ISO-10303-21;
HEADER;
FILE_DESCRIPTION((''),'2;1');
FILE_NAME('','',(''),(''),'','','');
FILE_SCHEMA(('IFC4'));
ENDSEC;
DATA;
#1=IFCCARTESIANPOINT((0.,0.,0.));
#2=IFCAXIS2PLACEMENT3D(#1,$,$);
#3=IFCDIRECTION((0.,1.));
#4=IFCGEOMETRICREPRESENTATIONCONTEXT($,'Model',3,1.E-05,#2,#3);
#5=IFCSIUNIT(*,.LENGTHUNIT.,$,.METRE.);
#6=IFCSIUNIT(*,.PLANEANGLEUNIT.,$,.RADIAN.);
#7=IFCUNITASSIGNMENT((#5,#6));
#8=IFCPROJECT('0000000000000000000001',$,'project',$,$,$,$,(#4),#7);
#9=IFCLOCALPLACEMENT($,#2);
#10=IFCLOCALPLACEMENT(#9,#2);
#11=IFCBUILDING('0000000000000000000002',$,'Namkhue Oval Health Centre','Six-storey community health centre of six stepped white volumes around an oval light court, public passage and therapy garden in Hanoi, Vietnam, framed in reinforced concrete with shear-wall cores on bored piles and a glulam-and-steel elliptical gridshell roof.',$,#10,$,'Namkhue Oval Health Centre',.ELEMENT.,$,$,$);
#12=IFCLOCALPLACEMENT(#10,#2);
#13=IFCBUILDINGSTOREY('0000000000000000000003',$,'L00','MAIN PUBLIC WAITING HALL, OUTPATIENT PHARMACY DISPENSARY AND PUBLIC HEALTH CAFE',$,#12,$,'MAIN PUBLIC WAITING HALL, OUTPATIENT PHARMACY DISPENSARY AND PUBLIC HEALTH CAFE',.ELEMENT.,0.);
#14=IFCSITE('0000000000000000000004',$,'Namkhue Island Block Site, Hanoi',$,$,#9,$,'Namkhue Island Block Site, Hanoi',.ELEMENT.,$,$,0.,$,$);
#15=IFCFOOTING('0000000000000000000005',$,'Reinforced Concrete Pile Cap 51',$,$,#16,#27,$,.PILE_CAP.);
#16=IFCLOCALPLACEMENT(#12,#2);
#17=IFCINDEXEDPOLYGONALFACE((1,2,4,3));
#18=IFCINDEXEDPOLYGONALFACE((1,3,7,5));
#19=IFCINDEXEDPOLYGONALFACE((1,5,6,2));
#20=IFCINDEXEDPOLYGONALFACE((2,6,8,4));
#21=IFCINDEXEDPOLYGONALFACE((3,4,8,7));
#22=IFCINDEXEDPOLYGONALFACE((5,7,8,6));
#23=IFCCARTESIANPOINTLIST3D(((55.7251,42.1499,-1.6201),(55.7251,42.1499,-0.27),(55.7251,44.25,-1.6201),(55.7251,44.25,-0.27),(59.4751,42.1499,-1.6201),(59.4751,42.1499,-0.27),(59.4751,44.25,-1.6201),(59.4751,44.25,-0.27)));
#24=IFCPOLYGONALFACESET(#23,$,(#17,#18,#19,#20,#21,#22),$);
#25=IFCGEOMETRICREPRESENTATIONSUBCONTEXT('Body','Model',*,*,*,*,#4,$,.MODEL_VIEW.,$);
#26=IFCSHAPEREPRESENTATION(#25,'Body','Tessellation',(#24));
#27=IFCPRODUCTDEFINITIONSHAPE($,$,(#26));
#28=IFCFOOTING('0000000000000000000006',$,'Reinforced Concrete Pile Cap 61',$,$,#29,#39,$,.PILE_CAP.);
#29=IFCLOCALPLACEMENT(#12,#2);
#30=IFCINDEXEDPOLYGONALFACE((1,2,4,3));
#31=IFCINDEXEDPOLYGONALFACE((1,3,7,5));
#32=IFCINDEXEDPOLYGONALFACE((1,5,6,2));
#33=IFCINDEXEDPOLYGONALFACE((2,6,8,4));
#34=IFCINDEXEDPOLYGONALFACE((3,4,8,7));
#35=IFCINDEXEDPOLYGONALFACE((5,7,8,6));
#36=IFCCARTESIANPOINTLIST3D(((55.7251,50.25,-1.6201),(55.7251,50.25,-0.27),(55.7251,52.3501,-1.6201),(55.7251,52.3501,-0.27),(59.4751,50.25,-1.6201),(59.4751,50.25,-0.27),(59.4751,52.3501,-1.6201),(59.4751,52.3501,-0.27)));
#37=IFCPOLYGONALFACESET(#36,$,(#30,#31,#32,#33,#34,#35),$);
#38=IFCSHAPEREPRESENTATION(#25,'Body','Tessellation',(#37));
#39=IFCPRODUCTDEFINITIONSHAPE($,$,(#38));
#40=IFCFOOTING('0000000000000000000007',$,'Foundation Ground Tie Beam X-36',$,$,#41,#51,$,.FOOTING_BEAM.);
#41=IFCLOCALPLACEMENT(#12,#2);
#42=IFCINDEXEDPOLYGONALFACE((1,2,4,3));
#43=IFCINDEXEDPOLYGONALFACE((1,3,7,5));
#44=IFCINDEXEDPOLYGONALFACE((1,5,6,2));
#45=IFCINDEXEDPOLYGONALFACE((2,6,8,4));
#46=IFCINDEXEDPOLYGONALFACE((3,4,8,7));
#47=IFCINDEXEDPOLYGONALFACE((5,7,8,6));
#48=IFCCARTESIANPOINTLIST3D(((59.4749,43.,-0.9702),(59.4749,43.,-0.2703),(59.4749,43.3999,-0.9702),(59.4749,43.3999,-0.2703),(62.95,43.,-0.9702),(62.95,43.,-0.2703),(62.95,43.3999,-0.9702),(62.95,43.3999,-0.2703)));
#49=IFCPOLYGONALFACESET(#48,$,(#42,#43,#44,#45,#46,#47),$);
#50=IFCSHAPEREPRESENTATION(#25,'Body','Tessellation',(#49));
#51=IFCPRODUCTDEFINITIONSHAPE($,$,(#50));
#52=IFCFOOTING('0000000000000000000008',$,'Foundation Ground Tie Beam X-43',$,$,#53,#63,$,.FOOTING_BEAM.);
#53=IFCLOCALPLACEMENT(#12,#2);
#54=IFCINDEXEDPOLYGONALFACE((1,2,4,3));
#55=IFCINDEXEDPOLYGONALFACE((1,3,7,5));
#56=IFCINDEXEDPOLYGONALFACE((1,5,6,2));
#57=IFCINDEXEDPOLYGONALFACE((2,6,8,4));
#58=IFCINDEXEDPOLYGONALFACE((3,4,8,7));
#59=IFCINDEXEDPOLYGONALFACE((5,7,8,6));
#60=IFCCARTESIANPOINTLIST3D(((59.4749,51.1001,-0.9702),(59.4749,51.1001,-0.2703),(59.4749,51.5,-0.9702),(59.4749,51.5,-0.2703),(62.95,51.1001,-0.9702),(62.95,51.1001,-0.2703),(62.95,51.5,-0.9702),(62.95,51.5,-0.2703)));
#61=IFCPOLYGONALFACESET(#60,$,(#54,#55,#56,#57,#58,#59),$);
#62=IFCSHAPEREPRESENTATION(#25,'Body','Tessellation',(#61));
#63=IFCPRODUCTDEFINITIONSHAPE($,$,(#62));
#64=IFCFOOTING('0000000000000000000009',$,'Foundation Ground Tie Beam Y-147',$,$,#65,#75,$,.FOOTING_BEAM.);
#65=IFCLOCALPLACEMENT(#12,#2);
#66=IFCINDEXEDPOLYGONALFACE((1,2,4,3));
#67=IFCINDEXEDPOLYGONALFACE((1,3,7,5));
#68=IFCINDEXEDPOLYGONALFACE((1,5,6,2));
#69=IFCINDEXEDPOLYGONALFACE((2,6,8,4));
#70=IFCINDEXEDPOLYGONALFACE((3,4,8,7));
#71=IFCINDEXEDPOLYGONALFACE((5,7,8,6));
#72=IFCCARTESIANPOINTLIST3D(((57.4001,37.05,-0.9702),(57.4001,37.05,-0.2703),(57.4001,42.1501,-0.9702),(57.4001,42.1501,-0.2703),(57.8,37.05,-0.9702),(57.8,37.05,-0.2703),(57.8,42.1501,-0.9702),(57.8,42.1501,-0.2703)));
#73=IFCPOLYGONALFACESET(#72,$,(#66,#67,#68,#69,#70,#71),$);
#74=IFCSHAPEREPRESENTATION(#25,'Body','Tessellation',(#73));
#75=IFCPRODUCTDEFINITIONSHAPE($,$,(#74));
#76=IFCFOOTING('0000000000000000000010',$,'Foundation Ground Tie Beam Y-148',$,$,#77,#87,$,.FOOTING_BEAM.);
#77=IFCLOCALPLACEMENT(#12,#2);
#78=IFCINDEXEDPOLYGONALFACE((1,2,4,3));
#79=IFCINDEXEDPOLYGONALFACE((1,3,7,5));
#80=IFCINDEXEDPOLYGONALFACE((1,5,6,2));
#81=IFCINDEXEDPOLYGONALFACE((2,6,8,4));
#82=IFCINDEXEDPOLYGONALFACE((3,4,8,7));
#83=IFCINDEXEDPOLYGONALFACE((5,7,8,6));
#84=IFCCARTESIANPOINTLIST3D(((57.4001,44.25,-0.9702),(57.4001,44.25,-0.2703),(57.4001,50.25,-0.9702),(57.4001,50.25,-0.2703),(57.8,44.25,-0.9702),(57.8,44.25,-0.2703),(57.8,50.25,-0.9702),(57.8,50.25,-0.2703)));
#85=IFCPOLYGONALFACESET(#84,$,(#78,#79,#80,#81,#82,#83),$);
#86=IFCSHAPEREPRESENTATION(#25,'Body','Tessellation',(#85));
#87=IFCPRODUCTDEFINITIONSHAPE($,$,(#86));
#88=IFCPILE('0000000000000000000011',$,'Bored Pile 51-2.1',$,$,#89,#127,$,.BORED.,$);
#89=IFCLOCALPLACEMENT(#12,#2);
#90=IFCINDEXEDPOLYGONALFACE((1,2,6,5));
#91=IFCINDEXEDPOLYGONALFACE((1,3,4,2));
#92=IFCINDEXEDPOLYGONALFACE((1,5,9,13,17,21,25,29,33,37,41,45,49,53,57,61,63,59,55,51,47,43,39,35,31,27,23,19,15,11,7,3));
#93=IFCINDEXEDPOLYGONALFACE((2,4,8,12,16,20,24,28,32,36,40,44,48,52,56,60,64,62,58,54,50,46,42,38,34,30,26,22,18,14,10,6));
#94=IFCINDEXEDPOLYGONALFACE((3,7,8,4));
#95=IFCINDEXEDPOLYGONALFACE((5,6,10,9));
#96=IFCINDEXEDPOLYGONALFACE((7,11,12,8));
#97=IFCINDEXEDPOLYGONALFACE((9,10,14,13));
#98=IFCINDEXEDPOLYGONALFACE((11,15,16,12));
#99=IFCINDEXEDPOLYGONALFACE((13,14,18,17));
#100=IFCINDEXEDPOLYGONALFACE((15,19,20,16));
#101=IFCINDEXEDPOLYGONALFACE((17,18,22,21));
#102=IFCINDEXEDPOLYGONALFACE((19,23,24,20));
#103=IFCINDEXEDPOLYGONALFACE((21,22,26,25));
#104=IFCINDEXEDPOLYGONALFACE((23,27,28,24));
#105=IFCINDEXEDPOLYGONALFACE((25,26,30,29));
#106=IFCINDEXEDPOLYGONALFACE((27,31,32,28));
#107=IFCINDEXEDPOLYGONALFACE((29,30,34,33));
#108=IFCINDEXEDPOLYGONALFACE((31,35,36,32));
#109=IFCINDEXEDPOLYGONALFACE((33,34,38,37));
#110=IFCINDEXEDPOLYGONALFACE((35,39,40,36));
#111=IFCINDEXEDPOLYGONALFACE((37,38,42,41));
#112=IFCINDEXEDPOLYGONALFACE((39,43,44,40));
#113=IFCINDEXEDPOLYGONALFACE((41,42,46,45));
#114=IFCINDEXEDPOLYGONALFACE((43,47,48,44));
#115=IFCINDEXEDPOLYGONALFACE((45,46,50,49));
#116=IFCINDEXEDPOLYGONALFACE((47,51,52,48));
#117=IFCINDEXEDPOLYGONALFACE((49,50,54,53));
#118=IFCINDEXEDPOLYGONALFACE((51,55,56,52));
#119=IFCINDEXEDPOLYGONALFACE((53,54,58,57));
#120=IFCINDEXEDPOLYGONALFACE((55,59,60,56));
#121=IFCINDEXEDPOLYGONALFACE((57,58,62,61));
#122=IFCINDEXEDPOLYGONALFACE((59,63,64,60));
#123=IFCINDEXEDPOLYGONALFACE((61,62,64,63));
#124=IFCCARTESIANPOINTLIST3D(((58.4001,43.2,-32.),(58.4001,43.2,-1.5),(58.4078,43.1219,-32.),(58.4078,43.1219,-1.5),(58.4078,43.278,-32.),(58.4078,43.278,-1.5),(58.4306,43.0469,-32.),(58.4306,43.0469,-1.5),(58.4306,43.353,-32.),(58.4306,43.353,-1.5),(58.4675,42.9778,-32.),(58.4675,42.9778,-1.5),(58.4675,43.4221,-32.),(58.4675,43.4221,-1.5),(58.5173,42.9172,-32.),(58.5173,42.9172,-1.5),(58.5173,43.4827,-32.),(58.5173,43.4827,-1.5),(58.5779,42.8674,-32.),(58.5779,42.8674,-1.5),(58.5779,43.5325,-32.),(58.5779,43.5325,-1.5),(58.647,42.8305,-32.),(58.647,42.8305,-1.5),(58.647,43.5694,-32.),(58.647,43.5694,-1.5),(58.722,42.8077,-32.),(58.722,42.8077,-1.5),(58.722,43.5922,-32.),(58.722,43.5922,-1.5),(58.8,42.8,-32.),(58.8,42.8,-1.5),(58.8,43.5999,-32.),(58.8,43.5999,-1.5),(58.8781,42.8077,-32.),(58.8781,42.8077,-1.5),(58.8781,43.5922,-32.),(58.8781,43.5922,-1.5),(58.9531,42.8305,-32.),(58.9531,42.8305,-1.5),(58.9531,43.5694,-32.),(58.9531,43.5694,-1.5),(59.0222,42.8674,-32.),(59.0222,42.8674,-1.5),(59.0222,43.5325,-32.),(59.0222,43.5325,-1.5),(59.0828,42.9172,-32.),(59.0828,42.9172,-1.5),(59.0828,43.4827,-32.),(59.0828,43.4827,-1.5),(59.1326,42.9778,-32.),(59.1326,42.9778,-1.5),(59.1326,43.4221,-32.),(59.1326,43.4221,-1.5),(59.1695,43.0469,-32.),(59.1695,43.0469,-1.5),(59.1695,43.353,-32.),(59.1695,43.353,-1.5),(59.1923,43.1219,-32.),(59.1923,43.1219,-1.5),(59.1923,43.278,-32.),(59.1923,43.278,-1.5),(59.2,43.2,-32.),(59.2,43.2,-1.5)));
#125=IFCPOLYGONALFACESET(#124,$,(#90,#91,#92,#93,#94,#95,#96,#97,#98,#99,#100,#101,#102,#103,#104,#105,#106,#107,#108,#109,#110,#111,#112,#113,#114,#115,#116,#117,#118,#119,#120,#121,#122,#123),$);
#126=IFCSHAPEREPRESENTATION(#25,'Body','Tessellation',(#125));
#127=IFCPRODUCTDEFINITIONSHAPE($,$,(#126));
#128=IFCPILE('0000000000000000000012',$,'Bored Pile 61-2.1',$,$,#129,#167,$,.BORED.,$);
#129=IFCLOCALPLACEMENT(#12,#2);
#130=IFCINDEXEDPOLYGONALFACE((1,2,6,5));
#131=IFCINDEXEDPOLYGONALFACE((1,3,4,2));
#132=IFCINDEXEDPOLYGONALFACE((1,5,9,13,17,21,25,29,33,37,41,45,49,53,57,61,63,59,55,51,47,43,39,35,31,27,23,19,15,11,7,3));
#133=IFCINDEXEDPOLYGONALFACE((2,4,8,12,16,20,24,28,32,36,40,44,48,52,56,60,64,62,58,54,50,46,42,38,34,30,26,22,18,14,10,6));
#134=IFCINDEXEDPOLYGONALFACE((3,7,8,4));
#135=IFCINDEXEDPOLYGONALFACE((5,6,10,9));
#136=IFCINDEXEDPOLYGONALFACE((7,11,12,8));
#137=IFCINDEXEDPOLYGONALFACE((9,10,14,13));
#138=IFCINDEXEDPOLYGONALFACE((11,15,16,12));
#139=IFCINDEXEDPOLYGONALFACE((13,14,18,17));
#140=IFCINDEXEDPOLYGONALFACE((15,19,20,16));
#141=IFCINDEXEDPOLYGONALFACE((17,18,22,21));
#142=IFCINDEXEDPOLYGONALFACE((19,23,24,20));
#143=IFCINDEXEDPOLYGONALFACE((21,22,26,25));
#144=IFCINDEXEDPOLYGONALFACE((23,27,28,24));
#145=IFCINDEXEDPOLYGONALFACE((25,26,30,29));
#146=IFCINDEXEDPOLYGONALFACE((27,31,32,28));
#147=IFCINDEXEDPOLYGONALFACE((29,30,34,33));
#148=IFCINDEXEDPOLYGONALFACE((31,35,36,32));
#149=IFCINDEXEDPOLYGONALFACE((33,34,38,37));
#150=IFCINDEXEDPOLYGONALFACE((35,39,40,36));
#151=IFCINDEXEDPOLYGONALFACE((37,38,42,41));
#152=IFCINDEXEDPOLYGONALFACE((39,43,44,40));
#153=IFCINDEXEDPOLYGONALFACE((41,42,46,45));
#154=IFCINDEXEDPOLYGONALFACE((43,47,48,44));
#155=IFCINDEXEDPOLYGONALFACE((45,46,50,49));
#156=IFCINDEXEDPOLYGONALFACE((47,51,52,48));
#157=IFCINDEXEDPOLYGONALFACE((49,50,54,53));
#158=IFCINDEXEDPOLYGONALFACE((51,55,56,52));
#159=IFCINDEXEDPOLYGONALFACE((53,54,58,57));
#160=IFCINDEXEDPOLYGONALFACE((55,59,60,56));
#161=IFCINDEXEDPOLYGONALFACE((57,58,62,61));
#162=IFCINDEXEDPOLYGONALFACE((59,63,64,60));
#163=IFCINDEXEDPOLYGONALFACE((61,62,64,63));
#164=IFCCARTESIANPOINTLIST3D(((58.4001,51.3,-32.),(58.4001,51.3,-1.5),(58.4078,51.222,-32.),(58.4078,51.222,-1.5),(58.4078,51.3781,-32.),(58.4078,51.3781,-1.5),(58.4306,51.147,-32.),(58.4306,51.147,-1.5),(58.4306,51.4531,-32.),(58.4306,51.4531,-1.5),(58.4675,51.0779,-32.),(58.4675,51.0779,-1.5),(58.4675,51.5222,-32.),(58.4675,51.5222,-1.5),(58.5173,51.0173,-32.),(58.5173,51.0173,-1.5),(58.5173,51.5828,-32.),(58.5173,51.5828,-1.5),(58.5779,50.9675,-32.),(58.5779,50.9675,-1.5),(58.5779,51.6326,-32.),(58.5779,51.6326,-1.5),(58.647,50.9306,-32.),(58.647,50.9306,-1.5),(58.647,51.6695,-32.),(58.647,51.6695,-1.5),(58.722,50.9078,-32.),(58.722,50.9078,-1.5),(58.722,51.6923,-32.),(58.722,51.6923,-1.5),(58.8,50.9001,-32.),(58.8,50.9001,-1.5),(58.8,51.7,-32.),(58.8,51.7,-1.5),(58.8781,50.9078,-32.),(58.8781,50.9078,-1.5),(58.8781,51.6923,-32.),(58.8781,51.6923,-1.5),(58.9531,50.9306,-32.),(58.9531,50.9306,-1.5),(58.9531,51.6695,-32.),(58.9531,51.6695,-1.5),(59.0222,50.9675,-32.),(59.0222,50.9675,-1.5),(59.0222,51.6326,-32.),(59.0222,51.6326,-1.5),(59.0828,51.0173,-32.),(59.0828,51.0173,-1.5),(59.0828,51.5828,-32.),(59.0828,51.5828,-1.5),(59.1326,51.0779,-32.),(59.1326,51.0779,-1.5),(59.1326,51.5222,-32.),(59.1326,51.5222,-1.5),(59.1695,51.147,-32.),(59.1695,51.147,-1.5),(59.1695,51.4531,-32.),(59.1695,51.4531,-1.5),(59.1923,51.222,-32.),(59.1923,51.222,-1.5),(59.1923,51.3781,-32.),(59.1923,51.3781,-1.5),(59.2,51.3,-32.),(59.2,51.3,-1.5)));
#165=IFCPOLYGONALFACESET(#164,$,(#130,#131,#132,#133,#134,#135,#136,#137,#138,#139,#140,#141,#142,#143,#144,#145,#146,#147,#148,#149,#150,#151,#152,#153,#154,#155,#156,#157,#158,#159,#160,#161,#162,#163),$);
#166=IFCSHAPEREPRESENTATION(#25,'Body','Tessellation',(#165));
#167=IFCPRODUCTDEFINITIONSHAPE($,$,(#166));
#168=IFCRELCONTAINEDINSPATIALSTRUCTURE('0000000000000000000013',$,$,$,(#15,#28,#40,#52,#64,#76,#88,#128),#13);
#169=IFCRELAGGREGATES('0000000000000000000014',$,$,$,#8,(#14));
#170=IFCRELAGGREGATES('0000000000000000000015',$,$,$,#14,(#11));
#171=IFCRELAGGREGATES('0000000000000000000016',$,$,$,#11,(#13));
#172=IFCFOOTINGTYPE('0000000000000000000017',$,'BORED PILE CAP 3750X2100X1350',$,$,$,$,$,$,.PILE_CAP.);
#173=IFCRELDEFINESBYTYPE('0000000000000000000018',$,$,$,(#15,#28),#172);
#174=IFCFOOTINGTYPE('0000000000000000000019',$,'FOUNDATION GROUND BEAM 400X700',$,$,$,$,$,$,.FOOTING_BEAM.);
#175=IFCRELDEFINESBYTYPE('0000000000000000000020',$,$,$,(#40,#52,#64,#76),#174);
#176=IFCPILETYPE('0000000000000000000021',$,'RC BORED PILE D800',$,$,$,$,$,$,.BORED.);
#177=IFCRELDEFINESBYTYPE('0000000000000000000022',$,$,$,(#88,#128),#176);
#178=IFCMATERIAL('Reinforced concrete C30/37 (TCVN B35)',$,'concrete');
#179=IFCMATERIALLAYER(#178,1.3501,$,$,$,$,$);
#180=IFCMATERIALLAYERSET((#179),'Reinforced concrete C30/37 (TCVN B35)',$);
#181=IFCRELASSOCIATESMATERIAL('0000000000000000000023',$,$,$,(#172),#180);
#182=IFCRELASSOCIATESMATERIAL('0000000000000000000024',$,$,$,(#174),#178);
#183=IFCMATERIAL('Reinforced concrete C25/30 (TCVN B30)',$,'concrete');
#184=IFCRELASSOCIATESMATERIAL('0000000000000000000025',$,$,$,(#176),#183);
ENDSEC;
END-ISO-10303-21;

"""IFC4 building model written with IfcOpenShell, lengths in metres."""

from ifc_helpers import new_model, si_unit, direction, frame, origin, origin_2d, place, context, subcontext, project, spatial, rectangle, circle, extrude, material, layer, layer_set, material_profile, profile_set, type_object, element, save


model = new_model("IFC4")

# Units and contexts
model_context = context("Model", 3, precision=1e-05, world=origin(), true_north=direction((0.0, 1.0)))
body_context = subcontext(model_context, "Body", "Model", "MODEL_VIEW")
ifc_project = project(units=[si_unit("LENGTHUNIT", "METRE"), si_unit("PLANEANGLEUNIT", "RADIAN")], contexts=[model_context])

# Site, building, storey
site_placement = place(None, origin())
site = spatial("IfcSite", under=ifc_project, at=site_placement, Name="Namkhue Island Block Site, Hanoi", LongName="Namkhue Island Block Site, Hanoi", CompositionType="ELEMENT", RefElevation=0.0)
building_placement = place(site_placement, origin())
building = spatial("IfcBuilding", under=site, at=building_placement, Name="Namkhue Oval Health Centre", Description="Six-storey community health centre of six stepped white volumes around an oval light court, public passage and therapy garden in Hanoi, Vietnam, framed in reinforced concrete with shear-wall cores on bored piles and a glulam-and-steel elliptical gridshell roof.", LongName="Namkhue Oval Health Centre", CompositionType="ELEMENT")
storey_placement = place(building_placement, origin())
storey = spatial("IfcBuildingStorey", under=building, at=storey_placement, Name="L00", Description="MAIN PUBLIC WAITING HALL, OUTPATIENT PHARMACY DISPENSARY AND PUBLIC HEALTH CAFE", LongName="MAIN PUBLIC WAITING HALL, OUTPATIENT PHARMACY DISPENSARY AND PUBLIC HEALTH CAFE", CompositionType="ELEMENT", Elevation=0.0)

# Footings
ifc_material_1 = material(Name="Reinforced concrete C30/37 (TCVN B35)", Category="concrete")
ifc_layer_1 = layer(ifc_material_1, 1.3501)
ifc_layer_set_1 = layer_set([ifc_layer_1], Name="Reinforced concrete C30/37 (TCVN B35)")
footing_type_1 = type_object("IfcFootingType", Name="BORED PILE CAP 3750X2100X1350", PredefinedType="PILE_CAP", material=ifc_layer_set_1)
for number, where, z_axis, x_axis, name in (
    (1, (57.6001, 43.2, -1.6201), (0.0, 0.0, 1.0), (1.0, 0.0, 0.0), "Reinforced Concrete Pile Cap 51"),
    (2, (57.6001, 51.3, -1.6201), (0.0, 0.0, 1.0), (1.0, 0.0, 0.0), "Reinforced Concrete Pile Cap 61"),
):
    element("IfcFooting", number, at=place(storey_placement, frame(where, z_axis=z_axis, x_axis=x_axis)), inside=storey, type_object=footing_type_1, Name=name, PredefinedType="PILE_CAP", context=body_context, shape_type="SweptSolid", body=[
        extrude(rectangle(XDim=3.75, YDim=2.1001, at=origin_2d()), origin(), (0.0, 0.0, 1.0), 1.3501),
    ])
footing_type_2 = type_object("IfcFootingType", Name="FOUNDATION GROUND BEAM 400X700", PredefinedType="FOOTING_BEAM", material=ifc_material_1)
for number, where, z_axis, x_axis, name in (
    (3, (61.2124, 43.2, -0.9702), (0.0, 0.0, 1.0), (1.0, 0.0, 0.0), "Foundation Ground Tie Beam X-36"),
    (4, (61.2124, 51.3, -0.9702), (0.0, 0.0, 1.0), (1.0, 0.0, 0.0), "Foundation Ground Tie Beam X-43"),
):
    element("IfcFooting", number, at=place(storey_placement, frame(where, z_axis=z_axis, x_axis=x_axis)), inside=storey, type_object=footing_type_2, Name=name, PredefinedType="FOOTING_BEAM", context=body_context, shape_type="SweptSolid", body=[
        extrude(rectangle(XDim=3.4751, YDim=0.3999, at=origin_2d()), origin(), (0.0, 0.0, 1.0), 0.7),
    ])
footing_1_placement = place(storey_placement, frame((57.6001, 39.6001, -0.9702), z_axis=(0.0, 0.0, 1.0), x_axis=(0.0, 1.0, 0.0)))
element("IfcFooting", 5, at=footing_1_placement, inside=storey, type_object=footing_type_2, Name="Foundation Ground Tie Beam Y-147", PredefinedType="FOOTING_BEAM", context=body_context, shape_type="SweptSolid", body=[
    extrude(rectangle(XDim=5.1001, YDim=0.3999, at=origin_2d()), origin(), (0.0, 0.0, 1.0), 0.7),
])
footing_2_placement = place(storey_placement, frame((57.6001, 47.25, -0.9702), z_axis=(0.0, 0.0, 1.0), x_axis=(0.0, 1.0, 0.0)))
element("IfcFooting", 6, at=footing_2_placement, inside=storey, type_object=footing_type_2, Name="Foundation Ground Tie Beam Y-148", PredefinedType="FOOTING_BEAM", context=body_context, shape_type="SweptSolid", body=[
    extrude(rectangle(XDim=6.0, YDim=0.3999, at=origin_2d()), origin(), (0.0, 0.0, 1.0), 0.7),
])

# Piles
ifc_material_2 = material(Name="Reinforced concrete C25/30 (TCVN B30)", Category="concrete")
ifc_material_profile_1 = material_profile(ifc_material_2, circle(Radius=0.3999, at=origin_2d()), Name="BORED PILE D800")
ifc_profile_set_1 = profile_set([ifc_material_profile_1], Name="Reinforced concrete C25/30 (TCVN B30)")
pile_type = type_object("IfcPileType", Name="RC BORED PILE D800", PredefinedType="BORED", material=ifc_profile_set_1)
for number, where, z_axis, x_axis, name in (
    (7, (58.8, 43.2, -1.5), (0.0, 0.0, -1.0), (1.0, 0.0, 0.0), "Bored Pile 51-2.1"),
    (8, (58.8, 51.3, -1.5), (0.0, 0.0, -1.0), (1.0, 0.0, 0.0), "Bored Pile 61-2.1"),
):
    element("IfcPile", number, at=place(storey_placement, frame(where, z_axis=z_axis, x_axis=x_axis)), inside=storey, type_object=pile_type, Name=name, PredefinedType="BORED", context=body_context, shape_type="SweptSolid", body=[
        extrude(circle(Radius=0.3999, at=origin_2d()), origin(), (0.0, 0.0, 1.0), 30.5),
    ])

save(model, "model.ifc")
